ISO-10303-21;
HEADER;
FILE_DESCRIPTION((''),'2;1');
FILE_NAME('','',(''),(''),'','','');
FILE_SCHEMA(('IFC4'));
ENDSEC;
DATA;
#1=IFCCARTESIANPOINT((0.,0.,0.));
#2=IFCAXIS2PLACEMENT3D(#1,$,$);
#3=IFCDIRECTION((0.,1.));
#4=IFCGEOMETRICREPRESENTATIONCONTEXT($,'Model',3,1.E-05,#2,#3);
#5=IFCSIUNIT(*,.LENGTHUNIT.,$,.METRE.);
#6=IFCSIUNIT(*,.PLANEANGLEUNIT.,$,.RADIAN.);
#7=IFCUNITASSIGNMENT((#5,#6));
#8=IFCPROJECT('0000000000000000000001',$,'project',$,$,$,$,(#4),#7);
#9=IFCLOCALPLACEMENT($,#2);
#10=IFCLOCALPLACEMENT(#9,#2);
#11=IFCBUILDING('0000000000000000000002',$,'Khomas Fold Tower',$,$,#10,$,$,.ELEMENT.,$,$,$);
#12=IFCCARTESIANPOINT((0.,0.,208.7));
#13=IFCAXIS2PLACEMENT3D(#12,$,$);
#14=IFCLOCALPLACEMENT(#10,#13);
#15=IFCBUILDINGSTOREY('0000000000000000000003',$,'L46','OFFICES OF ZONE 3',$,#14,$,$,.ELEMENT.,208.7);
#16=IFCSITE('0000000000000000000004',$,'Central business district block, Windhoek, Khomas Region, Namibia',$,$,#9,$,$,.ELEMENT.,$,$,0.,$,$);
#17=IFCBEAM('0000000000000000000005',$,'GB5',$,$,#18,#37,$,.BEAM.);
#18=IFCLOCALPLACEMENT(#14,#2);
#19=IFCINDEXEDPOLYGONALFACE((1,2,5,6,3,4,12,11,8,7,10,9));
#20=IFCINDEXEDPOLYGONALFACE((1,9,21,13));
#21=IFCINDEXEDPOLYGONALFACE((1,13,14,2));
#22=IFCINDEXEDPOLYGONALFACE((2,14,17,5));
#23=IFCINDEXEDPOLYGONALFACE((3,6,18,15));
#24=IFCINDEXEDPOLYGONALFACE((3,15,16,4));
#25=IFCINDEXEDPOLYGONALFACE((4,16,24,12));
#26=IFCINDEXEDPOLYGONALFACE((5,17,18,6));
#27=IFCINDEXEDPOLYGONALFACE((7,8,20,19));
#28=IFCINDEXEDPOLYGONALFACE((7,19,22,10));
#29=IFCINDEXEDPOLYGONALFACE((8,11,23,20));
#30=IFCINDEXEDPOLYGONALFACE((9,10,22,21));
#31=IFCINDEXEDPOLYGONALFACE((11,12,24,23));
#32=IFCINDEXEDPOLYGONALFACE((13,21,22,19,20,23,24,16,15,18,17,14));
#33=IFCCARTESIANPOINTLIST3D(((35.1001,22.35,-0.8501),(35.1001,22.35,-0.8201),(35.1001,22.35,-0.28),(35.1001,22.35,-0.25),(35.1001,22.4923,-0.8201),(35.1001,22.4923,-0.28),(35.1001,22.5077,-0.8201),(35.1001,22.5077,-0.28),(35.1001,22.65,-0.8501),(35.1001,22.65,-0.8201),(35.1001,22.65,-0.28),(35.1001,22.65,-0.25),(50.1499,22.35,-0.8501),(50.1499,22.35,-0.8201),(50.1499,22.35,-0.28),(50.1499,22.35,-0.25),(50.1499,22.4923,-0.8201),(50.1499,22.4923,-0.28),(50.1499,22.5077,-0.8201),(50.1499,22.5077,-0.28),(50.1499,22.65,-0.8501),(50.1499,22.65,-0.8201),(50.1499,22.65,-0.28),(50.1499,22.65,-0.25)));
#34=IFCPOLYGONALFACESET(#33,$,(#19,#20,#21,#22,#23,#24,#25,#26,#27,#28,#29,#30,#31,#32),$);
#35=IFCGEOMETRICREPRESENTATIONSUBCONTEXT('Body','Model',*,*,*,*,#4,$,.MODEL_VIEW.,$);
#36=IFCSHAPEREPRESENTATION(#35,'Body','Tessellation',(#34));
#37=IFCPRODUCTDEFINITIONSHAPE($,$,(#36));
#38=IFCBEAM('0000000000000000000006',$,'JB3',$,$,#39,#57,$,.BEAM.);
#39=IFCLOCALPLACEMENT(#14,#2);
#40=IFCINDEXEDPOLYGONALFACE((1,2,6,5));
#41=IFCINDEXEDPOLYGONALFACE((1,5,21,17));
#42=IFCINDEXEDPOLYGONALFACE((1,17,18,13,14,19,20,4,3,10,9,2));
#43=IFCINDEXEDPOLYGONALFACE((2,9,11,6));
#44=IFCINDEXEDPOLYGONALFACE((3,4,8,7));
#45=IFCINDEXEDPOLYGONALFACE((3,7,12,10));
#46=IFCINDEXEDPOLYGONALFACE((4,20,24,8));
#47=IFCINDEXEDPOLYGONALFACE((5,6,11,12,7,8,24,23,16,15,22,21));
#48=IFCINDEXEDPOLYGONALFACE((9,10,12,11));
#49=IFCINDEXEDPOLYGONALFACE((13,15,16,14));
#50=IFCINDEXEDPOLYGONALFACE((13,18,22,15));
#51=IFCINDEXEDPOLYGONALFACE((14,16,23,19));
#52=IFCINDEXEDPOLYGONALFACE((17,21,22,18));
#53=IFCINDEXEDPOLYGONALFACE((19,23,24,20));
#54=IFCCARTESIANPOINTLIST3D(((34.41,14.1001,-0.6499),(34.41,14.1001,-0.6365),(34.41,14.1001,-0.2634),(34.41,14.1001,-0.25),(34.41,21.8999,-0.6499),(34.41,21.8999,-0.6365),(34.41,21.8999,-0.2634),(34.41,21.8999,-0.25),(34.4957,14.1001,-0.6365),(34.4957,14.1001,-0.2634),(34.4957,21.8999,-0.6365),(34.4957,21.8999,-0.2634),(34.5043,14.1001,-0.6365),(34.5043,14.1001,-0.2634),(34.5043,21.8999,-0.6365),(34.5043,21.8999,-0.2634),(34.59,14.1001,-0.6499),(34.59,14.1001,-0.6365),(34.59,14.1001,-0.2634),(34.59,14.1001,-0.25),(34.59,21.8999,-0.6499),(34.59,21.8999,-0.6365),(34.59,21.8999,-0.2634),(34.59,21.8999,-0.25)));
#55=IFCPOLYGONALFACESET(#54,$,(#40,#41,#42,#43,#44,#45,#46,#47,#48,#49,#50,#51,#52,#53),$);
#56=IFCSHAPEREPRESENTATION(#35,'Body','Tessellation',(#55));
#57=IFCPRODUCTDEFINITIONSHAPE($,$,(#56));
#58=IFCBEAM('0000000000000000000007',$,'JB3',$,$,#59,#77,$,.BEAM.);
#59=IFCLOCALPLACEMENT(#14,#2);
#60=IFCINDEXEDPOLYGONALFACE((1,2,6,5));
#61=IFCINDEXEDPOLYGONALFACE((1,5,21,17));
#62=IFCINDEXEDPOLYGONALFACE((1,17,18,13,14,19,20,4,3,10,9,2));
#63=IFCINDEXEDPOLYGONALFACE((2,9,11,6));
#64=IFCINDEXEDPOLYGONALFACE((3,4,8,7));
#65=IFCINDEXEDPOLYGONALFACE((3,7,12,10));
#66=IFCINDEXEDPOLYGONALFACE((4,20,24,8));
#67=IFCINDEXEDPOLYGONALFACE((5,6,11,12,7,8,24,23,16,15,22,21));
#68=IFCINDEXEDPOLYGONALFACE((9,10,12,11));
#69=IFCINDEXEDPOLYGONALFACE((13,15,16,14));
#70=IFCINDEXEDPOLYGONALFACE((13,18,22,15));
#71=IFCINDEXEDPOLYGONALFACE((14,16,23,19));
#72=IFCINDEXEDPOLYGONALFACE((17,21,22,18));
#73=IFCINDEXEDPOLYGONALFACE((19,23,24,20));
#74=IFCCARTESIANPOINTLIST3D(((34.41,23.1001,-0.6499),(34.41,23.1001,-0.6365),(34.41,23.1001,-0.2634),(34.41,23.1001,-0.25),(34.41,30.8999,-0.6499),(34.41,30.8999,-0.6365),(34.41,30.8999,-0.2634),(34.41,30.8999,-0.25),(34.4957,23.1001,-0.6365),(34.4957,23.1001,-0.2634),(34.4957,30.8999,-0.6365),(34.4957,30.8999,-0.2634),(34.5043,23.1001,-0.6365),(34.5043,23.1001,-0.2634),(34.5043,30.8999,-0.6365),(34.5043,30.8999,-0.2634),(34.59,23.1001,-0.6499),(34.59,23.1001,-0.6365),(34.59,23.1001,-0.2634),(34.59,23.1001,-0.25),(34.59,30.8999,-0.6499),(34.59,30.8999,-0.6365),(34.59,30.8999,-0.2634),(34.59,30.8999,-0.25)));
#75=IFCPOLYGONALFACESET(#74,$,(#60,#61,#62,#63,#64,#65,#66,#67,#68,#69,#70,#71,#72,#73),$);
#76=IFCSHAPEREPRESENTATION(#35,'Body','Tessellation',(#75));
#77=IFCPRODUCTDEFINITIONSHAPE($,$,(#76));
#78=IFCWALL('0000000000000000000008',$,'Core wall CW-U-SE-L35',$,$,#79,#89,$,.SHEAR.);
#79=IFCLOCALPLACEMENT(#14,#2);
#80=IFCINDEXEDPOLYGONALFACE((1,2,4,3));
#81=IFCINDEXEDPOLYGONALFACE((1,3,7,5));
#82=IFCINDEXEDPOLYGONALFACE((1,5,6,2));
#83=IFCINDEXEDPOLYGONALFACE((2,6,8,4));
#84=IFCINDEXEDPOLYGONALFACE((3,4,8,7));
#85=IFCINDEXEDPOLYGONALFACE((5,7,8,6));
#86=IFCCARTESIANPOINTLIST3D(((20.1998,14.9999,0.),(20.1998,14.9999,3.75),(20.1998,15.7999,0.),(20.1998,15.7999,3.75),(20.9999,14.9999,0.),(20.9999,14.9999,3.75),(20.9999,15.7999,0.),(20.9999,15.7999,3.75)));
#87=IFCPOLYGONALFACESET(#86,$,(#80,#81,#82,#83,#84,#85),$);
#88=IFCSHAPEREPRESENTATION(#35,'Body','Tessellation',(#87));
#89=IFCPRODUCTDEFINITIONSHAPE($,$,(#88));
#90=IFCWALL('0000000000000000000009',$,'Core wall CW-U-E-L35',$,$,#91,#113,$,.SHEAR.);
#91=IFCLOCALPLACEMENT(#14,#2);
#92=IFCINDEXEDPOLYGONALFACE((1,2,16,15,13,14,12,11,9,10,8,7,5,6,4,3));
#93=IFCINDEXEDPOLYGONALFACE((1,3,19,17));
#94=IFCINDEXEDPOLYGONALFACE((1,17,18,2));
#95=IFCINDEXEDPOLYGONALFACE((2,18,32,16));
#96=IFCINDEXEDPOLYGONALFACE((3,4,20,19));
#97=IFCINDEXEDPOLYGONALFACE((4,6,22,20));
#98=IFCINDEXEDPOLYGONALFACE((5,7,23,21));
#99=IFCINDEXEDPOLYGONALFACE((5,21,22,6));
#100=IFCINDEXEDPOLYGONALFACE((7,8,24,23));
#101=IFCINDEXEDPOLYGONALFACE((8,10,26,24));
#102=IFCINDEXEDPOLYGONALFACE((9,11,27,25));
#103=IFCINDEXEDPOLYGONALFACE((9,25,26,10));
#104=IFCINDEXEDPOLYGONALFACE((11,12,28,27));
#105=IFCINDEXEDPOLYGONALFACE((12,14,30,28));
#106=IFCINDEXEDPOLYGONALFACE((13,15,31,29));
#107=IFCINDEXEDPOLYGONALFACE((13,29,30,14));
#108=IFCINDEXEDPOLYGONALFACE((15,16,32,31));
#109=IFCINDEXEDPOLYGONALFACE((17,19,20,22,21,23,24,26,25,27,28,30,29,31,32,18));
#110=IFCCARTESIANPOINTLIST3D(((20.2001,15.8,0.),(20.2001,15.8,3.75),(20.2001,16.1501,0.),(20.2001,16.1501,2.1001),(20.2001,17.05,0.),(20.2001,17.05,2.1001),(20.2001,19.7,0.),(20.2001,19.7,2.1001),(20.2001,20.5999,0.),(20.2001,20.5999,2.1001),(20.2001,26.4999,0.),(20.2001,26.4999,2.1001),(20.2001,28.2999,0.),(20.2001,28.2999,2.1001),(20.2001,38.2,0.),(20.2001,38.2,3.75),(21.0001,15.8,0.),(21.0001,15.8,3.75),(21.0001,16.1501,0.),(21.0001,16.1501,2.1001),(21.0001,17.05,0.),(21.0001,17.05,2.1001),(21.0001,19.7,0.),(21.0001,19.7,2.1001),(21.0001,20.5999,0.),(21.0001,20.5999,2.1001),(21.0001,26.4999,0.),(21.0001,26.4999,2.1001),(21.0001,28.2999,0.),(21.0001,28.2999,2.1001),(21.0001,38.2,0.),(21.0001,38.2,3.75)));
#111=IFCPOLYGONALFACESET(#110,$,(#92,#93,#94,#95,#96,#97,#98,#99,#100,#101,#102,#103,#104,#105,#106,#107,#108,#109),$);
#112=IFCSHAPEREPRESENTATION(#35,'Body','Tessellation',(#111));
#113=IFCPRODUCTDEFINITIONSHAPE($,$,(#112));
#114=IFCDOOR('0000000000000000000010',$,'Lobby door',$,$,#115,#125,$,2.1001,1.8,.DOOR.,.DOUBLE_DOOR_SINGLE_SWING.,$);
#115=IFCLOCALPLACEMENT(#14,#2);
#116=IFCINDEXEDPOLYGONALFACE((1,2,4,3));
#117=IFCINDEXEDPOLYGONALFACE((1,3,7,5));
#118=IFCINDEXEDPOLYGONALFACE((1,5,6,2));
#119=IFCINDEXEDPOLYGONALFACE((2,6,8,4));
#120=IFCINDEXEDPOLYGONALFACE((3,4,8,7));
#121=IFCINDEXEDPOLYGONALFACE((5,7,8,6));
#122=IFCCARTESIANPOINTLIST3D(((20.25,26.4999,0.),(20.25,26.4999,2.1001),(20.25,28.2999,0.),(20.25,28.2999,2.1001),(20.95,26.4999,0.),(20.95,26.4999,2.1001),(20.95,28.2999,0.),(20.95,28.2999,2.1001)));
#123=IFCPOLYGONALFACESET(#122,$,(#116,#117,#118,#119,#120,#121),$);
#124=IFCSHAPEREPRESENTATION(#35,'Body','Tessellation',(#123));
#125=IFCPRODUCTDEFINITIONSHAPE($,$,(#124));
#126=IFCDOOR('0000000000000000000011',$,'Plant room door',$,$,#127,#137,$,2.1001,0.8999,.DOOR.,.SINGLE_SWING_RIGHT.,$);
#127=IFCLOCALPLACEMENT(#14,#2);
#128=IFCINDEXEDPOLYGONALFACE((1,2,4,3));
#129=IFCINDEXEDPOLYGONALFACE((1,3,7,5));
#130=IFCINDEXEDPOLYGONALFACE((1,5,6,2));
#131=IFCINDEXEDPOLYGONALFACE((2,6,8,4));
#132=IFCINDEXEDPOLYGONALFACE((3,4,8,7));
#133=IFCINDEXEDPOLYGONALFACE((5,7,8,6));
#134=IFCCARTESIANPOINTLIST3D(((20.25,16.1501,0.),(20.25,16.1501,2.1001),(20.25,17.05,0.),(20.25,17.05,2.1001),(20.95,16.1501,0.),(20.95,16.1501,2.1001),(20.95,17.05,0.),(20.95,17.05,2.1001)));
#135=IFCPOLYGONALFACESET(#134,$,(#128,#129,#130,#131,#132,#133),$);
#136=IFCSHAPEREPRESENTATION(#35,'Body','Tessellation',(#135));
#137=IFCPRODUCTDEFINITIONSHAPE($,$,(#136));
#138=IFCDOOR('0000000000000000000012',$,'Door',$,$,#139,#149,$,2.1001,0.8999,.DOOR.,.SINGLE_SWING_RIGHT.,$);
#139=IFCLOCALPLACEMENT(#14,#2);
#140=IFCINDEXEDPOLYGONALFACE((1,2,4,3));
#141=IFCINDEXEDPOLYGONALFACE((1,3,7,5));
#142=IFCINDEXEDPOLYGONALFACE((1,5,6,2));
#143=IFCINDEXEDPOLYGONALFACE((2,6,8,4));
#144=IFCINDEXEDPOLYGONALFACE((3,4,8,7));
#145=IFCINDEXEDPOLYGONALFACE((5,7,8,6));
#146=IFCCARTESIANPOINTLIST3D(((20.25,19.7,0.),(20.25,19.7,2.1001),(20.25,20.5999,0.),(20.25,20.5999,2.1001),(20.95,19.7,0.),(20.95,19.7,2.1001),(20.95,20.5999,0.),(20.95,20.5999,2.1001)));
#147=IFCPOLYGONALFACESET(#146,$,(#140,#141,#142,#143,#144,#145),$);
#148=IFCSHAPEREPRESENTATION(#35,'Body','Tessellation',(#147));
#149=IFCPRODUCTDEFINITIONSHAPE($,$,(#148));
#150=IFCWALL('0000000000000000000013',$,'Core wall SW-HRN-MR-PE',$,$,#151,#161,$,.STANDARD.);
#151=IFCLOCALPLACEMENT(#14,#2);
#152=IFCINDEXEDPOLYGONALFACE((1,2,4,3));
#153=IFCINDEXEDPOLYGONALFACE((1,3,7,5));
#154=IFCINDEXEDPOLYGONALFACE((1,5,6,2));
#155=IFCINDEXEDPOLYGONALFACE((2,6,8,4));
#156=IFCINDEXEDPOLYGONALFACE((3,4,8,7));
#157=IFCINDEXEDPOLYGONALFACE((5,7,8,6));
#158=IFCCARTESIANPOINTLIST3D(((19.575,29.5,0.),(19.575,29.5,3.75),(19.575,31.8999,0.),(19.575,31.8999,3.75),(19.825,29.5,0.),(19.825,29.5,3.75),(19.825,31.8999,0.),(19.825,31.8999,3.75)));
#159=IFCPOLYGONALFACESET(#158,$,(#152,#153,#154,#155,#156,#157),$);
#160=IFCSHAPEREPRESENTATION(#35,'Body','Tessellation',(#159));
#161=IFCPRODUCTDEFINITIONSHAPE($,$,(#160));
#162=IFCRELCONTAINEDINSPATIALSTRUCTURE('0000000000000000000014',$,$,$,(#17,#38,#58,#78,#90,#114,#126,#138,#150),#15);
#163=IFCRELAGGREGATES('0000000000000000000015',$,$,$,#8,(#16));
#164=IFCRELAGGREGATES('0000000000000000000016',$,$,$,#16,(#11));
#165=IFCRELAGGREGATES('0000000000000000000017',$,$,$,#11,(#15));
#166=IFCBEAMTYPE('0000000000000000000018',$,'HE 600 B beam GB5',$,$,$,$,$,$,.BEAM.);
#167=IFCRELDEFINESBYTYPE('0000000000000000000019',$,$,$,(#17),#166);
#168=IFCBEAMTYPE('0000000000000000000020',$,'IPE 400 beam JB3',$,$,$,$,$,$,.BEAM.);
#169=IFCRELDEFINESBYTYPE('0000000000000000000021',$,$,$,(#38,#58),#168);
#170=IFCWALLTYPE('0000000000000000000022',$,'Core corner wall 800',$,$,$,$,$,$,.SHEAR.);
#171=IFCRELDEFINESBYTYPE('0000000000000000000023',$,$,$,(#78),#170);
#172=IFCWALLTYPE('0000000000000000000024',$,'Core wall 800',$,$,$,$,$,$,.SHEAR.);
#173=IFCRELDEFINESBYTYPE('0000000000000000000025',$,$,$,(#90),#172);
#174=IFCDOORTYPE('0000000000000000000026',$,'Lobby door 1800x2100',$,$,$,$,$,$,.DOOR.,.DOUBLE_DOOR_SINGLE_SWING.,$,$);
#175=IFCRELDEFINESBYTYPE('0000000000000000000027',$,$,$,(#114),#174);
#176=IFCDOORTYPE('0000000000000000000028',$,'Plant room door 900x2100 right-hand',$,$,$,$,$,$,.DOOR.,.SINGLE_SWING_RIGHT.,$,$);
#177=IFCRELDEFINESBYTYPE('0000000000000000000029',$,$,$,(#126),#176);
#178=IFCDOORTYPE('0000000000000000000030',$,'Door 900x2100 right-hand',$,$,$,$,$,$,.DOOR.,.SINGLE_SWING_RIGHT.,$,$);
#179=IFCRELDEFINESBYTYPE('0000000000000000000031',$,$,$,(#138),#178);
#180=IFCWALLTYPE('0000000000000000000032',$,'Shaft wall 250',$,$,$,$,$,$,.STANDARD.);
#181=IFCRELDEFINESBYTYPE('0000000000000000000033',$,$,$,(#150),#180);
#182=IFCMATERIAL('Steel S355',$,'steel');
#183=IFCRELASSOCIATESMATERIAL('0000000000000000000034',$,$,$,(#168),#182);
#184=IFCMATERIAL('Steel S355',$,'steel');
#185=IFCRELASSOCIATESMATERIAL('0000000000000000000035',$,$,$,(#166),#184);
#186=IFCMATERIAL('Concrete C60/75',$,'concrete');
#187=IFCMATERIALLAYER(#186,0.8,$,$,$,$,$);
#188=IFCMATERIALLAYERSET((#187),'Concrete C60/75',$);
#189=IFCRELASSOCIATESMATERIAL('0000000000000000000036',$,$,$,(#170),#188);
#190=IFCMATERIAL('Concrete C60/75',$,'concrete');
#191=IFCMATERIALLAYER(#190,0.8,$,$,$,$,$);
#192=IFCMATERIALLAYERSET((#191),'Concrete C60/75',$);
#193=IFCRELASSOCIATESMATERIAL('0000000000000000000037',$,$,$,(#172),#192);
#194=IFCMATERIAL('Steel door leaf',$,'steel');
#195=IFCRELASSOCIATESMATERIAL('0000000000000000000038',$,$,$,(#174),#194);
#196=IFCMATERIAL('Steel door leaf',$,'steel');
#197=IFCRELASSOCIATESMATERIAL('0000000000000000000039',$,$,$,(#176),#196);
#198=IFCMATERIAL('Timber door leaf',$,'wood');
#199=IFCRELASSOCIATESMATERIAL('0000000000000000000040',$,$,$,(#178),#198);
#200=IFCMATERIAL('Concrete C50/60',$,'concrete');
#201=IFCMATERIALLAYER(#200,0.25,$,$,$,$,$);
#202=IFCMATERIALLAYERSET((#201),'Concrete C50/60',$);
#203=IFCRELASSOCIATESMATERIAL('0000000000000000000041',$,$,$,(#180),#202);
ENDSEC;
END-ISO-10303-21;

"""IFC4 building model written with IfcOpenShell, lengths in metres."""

from ifc_helpers import new_model, si_unit, direction, frame, frame_2d, origin, origin_2d, place, context, subcontext, project, spatial, rectangle, i_section, extrude, source, transform, mapped, material, layer, layer_set, material_profile, profile_set, type_object, element, fill, save


model = new_model("IFC4")

# Units and contexts
model_context = context("Model", 3, precision=1e-05, world=origin(), true_north=direction((0.0, 1.0)))
body_context = subcontext(model_context, "Body", "Model", "MODEL_VIEW")
ifc_project = project(units=[si_unit("LENGTHUNIT", "METRE"), si_unit("PLANEANGLEUNIT", "RADIAN")], contexts=[model_context])

# Site, building, storey
site_placement = place(None, origin())
site = spatial("IfcSite", under=ifc_project, at=site_placement, Name="Central business district block, Windhoek, Khomas Region, Namibia", CompositionType="ELEMENT", RefElevation=0.0)
building_placement = place(site_placement, origin())
building = spatial("IfcBuilding", under=site, at=building_placement, Name="Khomas Fold Tower", CompositionType="ELEMENT")
storey_placement = place(building_placement, frame((0.0, 0.0, 208.7)))
storey = spatial("IfcBuildingStorey", under=building, at=storey_placement, Name="L46", Description="OFFICES OF ZONE 3", CompositionType="ELEMENT", Elevation=208.7)

# Beams
ifc_material_1 = material(Name="Steel S355", Category="steel")
ifc_material_profile_1 = material_profile(ifc_material_1, i_section(OverallWidth=0.1799, OverallDepth=0.3999, WebThickness=0.0085, FlangeThickness=0.0134, at=origin_2d()), Name="IPE 400")
ifc_profile_set_1 = profile_set([ifc_material_profile_1], Name="Steel S355")
beam_type_1 = type_object("IfcBeamType", Name="IPE 400 beam JB3", PredefinedType="BEAM", material=ifc_profile_set_1)
ifc_material_2 = material(Name="Steel S355", Category="steel")
ifc_material_profile_2 = material_profile(ifc_material_2, i_section(OverallWidth=0.3, OverallDepth=0.6001, WebThickness=0.0154, FlangeThickness=0.03, at=origin_2d()), Name="HE 600 B")
ifc_profile_set_2 = profile_set([ifc_material_profile_2], Name="Steel S355")
beam_type_2 = type_object("IfcBeamType", Name="HE 600 B beam GB5", PredefinedType="BEAM", material=ifc_profile_set_2)
shared_shape_1 = source(origin(), body_context, "Body", "SweptSolid", [
    extrude(i_section(OverallWidth=0.3, OverallDepth=0.6001, WebThickness=0.0154, FlangeThickness=0.03, at=origin_2d()), origin(), (0.0, 0.0, 1.0), 15.0498),
])
for number, where, z_axis, x_axis, name in (
    (1, (35.1001, 22.5, -0.55), (1.0, 0.0, 0.0), (0.0, 1.0, 0.0), "GB5"),
):
    element("IfcBeam", number, at=place(storey_placement, frame(where, z_axis=z_axis, x_axis=x_axis)), inside=storey, type_object=beam_type_2, Name=name, PredefinedType="BEAM", context=body_context, shape_type="MappedRepresentation", body=[
        mapped(shared_shape_1, transform((0.0, 0.0, 0.0))),
    ])
shared_shape_2 = source(origin(), body_context, "Body", "SweptSolid", [
    extrude(i_section(OverallWidth=0.1799, OverallDepth=0.3999, WebThickness=0.0085, FlangeThickness=0.0134, at=origin_2d()), origin(), (0.0, 0.0, 1.0), 7.7998),
])
for number, where, z_axis, x_axis, name in (
    (2, (34.5, 14.1001, -0.45), (0.0, 1.0, 0.0), (-1.0, 0.0, 0.0), "JB3"),
    (3, (34.5, 23.1001, -0.45), (0.0, 1.0, 0.0), (-1.0, 0.0, 0.0), "JB3"),
):
    element("IfcBeam", number, at=place(storey_placement, frame(where, z_axis=z_axis, x_axis=x_axis)), inside=storey, type_object=beam_type_1, Name=name, PredefinedType="BEAM", context=body_context, shape_type="MappedRepresentation", body=[
        mapped(shared_shape_2, transform((0.0, 0.0, 0.0))),
    ])

# Wall
ifc_material_3 = material(Name="Concrete C60/75", Category="concrete")
ifc_layer_1 = layer(ifc_material_3, 0.8)
ifc_layer_set_1 = layer_set([ifc_layer_1], Name="Concrete C60/75")
wall_type_1 = type_object("IfcWallType", Name="Core corner wall 800", PredefinedType="SHEAR", material=ifc_layer_set_1)
shared_shape_3 = source(origin(), body_context, "Body", "SweptSolid", [
    extrude(rectangle(XDim=0.8, YDim=0.8, at=frame_2d((0.3999, 0.0))), origin(), (0.0, 0.0, 1.0), 3.75),
])
wall_1_placement = place(storey_placement, frame((20.2, 15.3999, 0.0), z_axis=(0.0, 0.0, 1.0), x_axis=(1.0, 0.0, 0.0)))
element("IfcWall", 4, at=wall_1_placement, inside=storey, type_object=wall_type_1, Name="Core wall CW-U-SE-L35", PredefinedType="SHEAR", context=body_context, shape_type="MappedRepresentation", body=[
    mapped(shared_shape_3, transform((0.0, 0.0, 0.0))),
])

# Wall, openings, doors
ifc_material_4 = material(Name="Concrete C60/75", Category="concrete")
ifc_layer_2 = layer(ifc_material_4, 0.8)
ifc_layer_set_2 = layer_set([ifc_layer_2], Name="Concrete C60/75")
wall_type_2 = type_object("IfcWallType", Name="Core wall 800", PredefinedType="SHEAR", material=ifc_layer_set_2)
shared_shape_4 = source(origin(), body_context, "Body", "SweptSolid", [
    extrude(rectangle(XDim=22.3999, YDim=0.8, at=frame_2d((11.2, 0.0))), origin(), (0.0, 0.0, 1.0), 3.75),
])
wall_2_placement = place(storey_placement, frame((20.6001, 15.8, 0.0), z_axis=(0.0, 0.0, 1.0), x_axis=(0.0, 1.0, 0.0)))
wall_2 = element("IfcWall", 5, at=wall_2_placement, inside=storey, type_object=wall_type_2, Name="Core wall CW-U-E-L35", PredefinedType="SHEAR", context=body_context, shape_type="MappedRepresentation", body=[
    mapped(shared_shape_4, transform((0.0, 0.0, 0.0))),
])
shared_shape_5 = source(origin(), body_context, "Body", "SweptSolid", [
    extrude(rectangle(XDim=1.8, YDim=2.1001, at=frame_2d((0.8999, 1.05))), frame((0.0, 0.4099, 0.0), z_axis=(0.0, -1.0, 0.0), x_axis=(1.0, 0.0, 0.0)), (0.0, 0.0, 1.0), 0.8201),
])
opening_1_placement = place(wall_2_placement, frame((10.7, 0.0, 0.0)))
opening_1 = element("IfcOpeningElement", 6, at=opening_1_placement, cuts=wall_2, PredefinedType="OPENING", context=body_context, shape_type="MappedRepresentation", body=[
    mapped(shared_shape_5, transform((0.0, 0.0, 0.0))),
])
shared_shape_6 = source(origin(), body_context, "Body", "SweptSolid", [
    extrude(rectangle(XDim=0.8999, YDim=2.1001, at=frame_2d((0.45, 1.05))), frame((0.0, 0.4099, 0.0), z_axis=(0.0, -1.0, 0.0), x_axis=(1.0, 0.0, 0.0)), (0.0, 0.0, 1.0), 0.8201),
])
opening_2_placement = place(wall_2_placement, frame((0.3501, 0.0, 0.0)))
opening_2 = element("IfcOpeningElement", 7, at=opening_2_placement, cuts=wall_2, PredefinedType="OPENING", context=body_context, shape_type="MappedRepresentation", body=[
    mapped(shared_shape_6, transform((0.0, 0.0, 0.0))),
])
opening_3_placement = place(wall_2_placement, frame((3.8999, 0.0, 0.0)))
opening_3 = element("IfcOpeningElement", 8, at=opening_3_placement, cuts=wall_2, PredefinedType="OPENING", context=body_context, shape_type="MappedRepresentation", body=[
    mapped(shared_shape_6, transform((0.0, 0.0, 0.0))),
])
ifc_material_5 = material(Name="Steel door leaf", Category="steel")
door_type_1 = type_object("IfcDoorType", Name="Lobby door 1800x2100", OperationType="DOUBLE_DOOR_SINGLE_SWING", PredefinedType="DOOR", material=ifc_material_5)
shared_shape_7 = source(origin(), body_context, "Body", "SweptSolid", [
    extrude(rectangle(XDim=1.8, YDim=2.1001, at=frame_2d((0.8999, 1.05))), frame((0.0, 0.3501, 0.0), z_axis=(0.0, -1.0, 0.0), x_axis=(1.0, 0.0, 0.0)), (0.0, 0.0, 1.0), 0.7),
])
door_1_placement = place(opening_1_placement, origin())
door_1 = element("IfcDoor", 9, at=door_1_placement, inside=storey, type_object=door_type_1, Name="Lobby door", OperationType="DOUBLE_DOOR_SINGLE_SWING", OverallHeight=2.1001, OverallWidth=1.8, PredefinedType="DOOR", context=body_context, shape_type="MappedRepresentation", body=[
    mapped(shared_shape_7, transform((0.0, 0.0, 0.0))),
])
fill(opening_1, door_1)
ifc_material_6 = material(Name="Steel door leaf", Category="steel")
door_type_2 = type_object("IfcDoorType", Name="Plant room door 900x2100 right-hand", OperationType="SINGLE_SWING_RIGHT", PredefinedType="DOOR", material=ifc_material_6)
shared_shape_8 = source(origin(), body_context, "Body", "SweptSolid", [
    extrude(rectangle(XDim=0.8999, YDim=2.1001, at=frame_2d((0.45, 1.05))), frame((0.0, 0.3501, 0.0), z_axis=(0.0, -1.0, 0.0), x_axis=(1.0, 0.0, 0.0)), (0.0, 0.0, 1.0), 0.7),
])
door_2_placement = place(opening_2_placement, origin())
door_2 = element("IfcDoor", 10, at=door_2_placement, inside=storey, type_object=door_type_2, Name="Plant room door", OperationType="SINGLE_SWING_RIGHT", OverallHeight=2.1001, OverallWidth=0.8999, PredefinedType="DOOR", context=body_context, shape_type="MappedRepresentation", body=[
    mapped(shared_shape_8, transform((0.0, 0.0, 0.0))),
])
fill(opening_2, door_2)
ifc_material_7 = material(Name="Timber door leaf", Category="wood")
door_type_3 = type_object("IfcDoorType", Name="Door 900x2100 right-hand", OperationType="SINGLE_SWING_RIGHT", PredefinedType="DOOR", material=ifc_material_7)
door_3_placement = place(opening_3_placement, origin())
door_3 = element("IfcDoor", 11, at=door_3_placement, inside=storey, type_object=door_type_3, Name="Door", OperationType="SINGLE_SWING_RIGHT", OverallHeight=2.1001, OverallWidth=0.8999, PredefinedType="DOOR", context=body_context, shape_type="MappedRepresentation", body=[
    mapped(shared_shape_8, transform((0.0, 0.0, 0.0))),
])
fill(opening_3, door_3)

# Wall
ifc_material_8 = material(Name="Concrete C50/60", Category="concrete")
ifc_layer_3 = layer(ifc_material_8, 0.25)
ifc_layer_set_3 = layer_set([ifc_layer_3], Name="Concrete C50/60")
wall_type_3 = type_object("IfcWallType", Name="Shaft wall 250", PredefinedType="STANDARD", material=ifc_layer_set_3)
shared_shape_9 = source(origin(), body_context, "Body", "SweptSolid", [
    extrude(rectangle(XDim=2.3999, YDim=0.25, at=frame_2d((1.2, 0.0))), origin(), (0.0, 0.0, 1.0), 3.75),
])
wall_3_placement = place(storey_placement, frame((19.7, 29.5, 0.0), z_axis=(0.0, 0.0, 1.0), x_axis=(0.0, 1.0, 0.0)))
element("IfcWall", 12, at=wall_3_placement, inside=storey, type_object=wall_type_3, Name="Core wall SW-HRN-MR-PE", PredefinedType="STANDARD", context=body_context, shape_type="MappedRepresentation", body=[
    mapped(shared_shape_9, transform((0.0, 0.0, 0.0))),
])

save(model, "model.ifc")
